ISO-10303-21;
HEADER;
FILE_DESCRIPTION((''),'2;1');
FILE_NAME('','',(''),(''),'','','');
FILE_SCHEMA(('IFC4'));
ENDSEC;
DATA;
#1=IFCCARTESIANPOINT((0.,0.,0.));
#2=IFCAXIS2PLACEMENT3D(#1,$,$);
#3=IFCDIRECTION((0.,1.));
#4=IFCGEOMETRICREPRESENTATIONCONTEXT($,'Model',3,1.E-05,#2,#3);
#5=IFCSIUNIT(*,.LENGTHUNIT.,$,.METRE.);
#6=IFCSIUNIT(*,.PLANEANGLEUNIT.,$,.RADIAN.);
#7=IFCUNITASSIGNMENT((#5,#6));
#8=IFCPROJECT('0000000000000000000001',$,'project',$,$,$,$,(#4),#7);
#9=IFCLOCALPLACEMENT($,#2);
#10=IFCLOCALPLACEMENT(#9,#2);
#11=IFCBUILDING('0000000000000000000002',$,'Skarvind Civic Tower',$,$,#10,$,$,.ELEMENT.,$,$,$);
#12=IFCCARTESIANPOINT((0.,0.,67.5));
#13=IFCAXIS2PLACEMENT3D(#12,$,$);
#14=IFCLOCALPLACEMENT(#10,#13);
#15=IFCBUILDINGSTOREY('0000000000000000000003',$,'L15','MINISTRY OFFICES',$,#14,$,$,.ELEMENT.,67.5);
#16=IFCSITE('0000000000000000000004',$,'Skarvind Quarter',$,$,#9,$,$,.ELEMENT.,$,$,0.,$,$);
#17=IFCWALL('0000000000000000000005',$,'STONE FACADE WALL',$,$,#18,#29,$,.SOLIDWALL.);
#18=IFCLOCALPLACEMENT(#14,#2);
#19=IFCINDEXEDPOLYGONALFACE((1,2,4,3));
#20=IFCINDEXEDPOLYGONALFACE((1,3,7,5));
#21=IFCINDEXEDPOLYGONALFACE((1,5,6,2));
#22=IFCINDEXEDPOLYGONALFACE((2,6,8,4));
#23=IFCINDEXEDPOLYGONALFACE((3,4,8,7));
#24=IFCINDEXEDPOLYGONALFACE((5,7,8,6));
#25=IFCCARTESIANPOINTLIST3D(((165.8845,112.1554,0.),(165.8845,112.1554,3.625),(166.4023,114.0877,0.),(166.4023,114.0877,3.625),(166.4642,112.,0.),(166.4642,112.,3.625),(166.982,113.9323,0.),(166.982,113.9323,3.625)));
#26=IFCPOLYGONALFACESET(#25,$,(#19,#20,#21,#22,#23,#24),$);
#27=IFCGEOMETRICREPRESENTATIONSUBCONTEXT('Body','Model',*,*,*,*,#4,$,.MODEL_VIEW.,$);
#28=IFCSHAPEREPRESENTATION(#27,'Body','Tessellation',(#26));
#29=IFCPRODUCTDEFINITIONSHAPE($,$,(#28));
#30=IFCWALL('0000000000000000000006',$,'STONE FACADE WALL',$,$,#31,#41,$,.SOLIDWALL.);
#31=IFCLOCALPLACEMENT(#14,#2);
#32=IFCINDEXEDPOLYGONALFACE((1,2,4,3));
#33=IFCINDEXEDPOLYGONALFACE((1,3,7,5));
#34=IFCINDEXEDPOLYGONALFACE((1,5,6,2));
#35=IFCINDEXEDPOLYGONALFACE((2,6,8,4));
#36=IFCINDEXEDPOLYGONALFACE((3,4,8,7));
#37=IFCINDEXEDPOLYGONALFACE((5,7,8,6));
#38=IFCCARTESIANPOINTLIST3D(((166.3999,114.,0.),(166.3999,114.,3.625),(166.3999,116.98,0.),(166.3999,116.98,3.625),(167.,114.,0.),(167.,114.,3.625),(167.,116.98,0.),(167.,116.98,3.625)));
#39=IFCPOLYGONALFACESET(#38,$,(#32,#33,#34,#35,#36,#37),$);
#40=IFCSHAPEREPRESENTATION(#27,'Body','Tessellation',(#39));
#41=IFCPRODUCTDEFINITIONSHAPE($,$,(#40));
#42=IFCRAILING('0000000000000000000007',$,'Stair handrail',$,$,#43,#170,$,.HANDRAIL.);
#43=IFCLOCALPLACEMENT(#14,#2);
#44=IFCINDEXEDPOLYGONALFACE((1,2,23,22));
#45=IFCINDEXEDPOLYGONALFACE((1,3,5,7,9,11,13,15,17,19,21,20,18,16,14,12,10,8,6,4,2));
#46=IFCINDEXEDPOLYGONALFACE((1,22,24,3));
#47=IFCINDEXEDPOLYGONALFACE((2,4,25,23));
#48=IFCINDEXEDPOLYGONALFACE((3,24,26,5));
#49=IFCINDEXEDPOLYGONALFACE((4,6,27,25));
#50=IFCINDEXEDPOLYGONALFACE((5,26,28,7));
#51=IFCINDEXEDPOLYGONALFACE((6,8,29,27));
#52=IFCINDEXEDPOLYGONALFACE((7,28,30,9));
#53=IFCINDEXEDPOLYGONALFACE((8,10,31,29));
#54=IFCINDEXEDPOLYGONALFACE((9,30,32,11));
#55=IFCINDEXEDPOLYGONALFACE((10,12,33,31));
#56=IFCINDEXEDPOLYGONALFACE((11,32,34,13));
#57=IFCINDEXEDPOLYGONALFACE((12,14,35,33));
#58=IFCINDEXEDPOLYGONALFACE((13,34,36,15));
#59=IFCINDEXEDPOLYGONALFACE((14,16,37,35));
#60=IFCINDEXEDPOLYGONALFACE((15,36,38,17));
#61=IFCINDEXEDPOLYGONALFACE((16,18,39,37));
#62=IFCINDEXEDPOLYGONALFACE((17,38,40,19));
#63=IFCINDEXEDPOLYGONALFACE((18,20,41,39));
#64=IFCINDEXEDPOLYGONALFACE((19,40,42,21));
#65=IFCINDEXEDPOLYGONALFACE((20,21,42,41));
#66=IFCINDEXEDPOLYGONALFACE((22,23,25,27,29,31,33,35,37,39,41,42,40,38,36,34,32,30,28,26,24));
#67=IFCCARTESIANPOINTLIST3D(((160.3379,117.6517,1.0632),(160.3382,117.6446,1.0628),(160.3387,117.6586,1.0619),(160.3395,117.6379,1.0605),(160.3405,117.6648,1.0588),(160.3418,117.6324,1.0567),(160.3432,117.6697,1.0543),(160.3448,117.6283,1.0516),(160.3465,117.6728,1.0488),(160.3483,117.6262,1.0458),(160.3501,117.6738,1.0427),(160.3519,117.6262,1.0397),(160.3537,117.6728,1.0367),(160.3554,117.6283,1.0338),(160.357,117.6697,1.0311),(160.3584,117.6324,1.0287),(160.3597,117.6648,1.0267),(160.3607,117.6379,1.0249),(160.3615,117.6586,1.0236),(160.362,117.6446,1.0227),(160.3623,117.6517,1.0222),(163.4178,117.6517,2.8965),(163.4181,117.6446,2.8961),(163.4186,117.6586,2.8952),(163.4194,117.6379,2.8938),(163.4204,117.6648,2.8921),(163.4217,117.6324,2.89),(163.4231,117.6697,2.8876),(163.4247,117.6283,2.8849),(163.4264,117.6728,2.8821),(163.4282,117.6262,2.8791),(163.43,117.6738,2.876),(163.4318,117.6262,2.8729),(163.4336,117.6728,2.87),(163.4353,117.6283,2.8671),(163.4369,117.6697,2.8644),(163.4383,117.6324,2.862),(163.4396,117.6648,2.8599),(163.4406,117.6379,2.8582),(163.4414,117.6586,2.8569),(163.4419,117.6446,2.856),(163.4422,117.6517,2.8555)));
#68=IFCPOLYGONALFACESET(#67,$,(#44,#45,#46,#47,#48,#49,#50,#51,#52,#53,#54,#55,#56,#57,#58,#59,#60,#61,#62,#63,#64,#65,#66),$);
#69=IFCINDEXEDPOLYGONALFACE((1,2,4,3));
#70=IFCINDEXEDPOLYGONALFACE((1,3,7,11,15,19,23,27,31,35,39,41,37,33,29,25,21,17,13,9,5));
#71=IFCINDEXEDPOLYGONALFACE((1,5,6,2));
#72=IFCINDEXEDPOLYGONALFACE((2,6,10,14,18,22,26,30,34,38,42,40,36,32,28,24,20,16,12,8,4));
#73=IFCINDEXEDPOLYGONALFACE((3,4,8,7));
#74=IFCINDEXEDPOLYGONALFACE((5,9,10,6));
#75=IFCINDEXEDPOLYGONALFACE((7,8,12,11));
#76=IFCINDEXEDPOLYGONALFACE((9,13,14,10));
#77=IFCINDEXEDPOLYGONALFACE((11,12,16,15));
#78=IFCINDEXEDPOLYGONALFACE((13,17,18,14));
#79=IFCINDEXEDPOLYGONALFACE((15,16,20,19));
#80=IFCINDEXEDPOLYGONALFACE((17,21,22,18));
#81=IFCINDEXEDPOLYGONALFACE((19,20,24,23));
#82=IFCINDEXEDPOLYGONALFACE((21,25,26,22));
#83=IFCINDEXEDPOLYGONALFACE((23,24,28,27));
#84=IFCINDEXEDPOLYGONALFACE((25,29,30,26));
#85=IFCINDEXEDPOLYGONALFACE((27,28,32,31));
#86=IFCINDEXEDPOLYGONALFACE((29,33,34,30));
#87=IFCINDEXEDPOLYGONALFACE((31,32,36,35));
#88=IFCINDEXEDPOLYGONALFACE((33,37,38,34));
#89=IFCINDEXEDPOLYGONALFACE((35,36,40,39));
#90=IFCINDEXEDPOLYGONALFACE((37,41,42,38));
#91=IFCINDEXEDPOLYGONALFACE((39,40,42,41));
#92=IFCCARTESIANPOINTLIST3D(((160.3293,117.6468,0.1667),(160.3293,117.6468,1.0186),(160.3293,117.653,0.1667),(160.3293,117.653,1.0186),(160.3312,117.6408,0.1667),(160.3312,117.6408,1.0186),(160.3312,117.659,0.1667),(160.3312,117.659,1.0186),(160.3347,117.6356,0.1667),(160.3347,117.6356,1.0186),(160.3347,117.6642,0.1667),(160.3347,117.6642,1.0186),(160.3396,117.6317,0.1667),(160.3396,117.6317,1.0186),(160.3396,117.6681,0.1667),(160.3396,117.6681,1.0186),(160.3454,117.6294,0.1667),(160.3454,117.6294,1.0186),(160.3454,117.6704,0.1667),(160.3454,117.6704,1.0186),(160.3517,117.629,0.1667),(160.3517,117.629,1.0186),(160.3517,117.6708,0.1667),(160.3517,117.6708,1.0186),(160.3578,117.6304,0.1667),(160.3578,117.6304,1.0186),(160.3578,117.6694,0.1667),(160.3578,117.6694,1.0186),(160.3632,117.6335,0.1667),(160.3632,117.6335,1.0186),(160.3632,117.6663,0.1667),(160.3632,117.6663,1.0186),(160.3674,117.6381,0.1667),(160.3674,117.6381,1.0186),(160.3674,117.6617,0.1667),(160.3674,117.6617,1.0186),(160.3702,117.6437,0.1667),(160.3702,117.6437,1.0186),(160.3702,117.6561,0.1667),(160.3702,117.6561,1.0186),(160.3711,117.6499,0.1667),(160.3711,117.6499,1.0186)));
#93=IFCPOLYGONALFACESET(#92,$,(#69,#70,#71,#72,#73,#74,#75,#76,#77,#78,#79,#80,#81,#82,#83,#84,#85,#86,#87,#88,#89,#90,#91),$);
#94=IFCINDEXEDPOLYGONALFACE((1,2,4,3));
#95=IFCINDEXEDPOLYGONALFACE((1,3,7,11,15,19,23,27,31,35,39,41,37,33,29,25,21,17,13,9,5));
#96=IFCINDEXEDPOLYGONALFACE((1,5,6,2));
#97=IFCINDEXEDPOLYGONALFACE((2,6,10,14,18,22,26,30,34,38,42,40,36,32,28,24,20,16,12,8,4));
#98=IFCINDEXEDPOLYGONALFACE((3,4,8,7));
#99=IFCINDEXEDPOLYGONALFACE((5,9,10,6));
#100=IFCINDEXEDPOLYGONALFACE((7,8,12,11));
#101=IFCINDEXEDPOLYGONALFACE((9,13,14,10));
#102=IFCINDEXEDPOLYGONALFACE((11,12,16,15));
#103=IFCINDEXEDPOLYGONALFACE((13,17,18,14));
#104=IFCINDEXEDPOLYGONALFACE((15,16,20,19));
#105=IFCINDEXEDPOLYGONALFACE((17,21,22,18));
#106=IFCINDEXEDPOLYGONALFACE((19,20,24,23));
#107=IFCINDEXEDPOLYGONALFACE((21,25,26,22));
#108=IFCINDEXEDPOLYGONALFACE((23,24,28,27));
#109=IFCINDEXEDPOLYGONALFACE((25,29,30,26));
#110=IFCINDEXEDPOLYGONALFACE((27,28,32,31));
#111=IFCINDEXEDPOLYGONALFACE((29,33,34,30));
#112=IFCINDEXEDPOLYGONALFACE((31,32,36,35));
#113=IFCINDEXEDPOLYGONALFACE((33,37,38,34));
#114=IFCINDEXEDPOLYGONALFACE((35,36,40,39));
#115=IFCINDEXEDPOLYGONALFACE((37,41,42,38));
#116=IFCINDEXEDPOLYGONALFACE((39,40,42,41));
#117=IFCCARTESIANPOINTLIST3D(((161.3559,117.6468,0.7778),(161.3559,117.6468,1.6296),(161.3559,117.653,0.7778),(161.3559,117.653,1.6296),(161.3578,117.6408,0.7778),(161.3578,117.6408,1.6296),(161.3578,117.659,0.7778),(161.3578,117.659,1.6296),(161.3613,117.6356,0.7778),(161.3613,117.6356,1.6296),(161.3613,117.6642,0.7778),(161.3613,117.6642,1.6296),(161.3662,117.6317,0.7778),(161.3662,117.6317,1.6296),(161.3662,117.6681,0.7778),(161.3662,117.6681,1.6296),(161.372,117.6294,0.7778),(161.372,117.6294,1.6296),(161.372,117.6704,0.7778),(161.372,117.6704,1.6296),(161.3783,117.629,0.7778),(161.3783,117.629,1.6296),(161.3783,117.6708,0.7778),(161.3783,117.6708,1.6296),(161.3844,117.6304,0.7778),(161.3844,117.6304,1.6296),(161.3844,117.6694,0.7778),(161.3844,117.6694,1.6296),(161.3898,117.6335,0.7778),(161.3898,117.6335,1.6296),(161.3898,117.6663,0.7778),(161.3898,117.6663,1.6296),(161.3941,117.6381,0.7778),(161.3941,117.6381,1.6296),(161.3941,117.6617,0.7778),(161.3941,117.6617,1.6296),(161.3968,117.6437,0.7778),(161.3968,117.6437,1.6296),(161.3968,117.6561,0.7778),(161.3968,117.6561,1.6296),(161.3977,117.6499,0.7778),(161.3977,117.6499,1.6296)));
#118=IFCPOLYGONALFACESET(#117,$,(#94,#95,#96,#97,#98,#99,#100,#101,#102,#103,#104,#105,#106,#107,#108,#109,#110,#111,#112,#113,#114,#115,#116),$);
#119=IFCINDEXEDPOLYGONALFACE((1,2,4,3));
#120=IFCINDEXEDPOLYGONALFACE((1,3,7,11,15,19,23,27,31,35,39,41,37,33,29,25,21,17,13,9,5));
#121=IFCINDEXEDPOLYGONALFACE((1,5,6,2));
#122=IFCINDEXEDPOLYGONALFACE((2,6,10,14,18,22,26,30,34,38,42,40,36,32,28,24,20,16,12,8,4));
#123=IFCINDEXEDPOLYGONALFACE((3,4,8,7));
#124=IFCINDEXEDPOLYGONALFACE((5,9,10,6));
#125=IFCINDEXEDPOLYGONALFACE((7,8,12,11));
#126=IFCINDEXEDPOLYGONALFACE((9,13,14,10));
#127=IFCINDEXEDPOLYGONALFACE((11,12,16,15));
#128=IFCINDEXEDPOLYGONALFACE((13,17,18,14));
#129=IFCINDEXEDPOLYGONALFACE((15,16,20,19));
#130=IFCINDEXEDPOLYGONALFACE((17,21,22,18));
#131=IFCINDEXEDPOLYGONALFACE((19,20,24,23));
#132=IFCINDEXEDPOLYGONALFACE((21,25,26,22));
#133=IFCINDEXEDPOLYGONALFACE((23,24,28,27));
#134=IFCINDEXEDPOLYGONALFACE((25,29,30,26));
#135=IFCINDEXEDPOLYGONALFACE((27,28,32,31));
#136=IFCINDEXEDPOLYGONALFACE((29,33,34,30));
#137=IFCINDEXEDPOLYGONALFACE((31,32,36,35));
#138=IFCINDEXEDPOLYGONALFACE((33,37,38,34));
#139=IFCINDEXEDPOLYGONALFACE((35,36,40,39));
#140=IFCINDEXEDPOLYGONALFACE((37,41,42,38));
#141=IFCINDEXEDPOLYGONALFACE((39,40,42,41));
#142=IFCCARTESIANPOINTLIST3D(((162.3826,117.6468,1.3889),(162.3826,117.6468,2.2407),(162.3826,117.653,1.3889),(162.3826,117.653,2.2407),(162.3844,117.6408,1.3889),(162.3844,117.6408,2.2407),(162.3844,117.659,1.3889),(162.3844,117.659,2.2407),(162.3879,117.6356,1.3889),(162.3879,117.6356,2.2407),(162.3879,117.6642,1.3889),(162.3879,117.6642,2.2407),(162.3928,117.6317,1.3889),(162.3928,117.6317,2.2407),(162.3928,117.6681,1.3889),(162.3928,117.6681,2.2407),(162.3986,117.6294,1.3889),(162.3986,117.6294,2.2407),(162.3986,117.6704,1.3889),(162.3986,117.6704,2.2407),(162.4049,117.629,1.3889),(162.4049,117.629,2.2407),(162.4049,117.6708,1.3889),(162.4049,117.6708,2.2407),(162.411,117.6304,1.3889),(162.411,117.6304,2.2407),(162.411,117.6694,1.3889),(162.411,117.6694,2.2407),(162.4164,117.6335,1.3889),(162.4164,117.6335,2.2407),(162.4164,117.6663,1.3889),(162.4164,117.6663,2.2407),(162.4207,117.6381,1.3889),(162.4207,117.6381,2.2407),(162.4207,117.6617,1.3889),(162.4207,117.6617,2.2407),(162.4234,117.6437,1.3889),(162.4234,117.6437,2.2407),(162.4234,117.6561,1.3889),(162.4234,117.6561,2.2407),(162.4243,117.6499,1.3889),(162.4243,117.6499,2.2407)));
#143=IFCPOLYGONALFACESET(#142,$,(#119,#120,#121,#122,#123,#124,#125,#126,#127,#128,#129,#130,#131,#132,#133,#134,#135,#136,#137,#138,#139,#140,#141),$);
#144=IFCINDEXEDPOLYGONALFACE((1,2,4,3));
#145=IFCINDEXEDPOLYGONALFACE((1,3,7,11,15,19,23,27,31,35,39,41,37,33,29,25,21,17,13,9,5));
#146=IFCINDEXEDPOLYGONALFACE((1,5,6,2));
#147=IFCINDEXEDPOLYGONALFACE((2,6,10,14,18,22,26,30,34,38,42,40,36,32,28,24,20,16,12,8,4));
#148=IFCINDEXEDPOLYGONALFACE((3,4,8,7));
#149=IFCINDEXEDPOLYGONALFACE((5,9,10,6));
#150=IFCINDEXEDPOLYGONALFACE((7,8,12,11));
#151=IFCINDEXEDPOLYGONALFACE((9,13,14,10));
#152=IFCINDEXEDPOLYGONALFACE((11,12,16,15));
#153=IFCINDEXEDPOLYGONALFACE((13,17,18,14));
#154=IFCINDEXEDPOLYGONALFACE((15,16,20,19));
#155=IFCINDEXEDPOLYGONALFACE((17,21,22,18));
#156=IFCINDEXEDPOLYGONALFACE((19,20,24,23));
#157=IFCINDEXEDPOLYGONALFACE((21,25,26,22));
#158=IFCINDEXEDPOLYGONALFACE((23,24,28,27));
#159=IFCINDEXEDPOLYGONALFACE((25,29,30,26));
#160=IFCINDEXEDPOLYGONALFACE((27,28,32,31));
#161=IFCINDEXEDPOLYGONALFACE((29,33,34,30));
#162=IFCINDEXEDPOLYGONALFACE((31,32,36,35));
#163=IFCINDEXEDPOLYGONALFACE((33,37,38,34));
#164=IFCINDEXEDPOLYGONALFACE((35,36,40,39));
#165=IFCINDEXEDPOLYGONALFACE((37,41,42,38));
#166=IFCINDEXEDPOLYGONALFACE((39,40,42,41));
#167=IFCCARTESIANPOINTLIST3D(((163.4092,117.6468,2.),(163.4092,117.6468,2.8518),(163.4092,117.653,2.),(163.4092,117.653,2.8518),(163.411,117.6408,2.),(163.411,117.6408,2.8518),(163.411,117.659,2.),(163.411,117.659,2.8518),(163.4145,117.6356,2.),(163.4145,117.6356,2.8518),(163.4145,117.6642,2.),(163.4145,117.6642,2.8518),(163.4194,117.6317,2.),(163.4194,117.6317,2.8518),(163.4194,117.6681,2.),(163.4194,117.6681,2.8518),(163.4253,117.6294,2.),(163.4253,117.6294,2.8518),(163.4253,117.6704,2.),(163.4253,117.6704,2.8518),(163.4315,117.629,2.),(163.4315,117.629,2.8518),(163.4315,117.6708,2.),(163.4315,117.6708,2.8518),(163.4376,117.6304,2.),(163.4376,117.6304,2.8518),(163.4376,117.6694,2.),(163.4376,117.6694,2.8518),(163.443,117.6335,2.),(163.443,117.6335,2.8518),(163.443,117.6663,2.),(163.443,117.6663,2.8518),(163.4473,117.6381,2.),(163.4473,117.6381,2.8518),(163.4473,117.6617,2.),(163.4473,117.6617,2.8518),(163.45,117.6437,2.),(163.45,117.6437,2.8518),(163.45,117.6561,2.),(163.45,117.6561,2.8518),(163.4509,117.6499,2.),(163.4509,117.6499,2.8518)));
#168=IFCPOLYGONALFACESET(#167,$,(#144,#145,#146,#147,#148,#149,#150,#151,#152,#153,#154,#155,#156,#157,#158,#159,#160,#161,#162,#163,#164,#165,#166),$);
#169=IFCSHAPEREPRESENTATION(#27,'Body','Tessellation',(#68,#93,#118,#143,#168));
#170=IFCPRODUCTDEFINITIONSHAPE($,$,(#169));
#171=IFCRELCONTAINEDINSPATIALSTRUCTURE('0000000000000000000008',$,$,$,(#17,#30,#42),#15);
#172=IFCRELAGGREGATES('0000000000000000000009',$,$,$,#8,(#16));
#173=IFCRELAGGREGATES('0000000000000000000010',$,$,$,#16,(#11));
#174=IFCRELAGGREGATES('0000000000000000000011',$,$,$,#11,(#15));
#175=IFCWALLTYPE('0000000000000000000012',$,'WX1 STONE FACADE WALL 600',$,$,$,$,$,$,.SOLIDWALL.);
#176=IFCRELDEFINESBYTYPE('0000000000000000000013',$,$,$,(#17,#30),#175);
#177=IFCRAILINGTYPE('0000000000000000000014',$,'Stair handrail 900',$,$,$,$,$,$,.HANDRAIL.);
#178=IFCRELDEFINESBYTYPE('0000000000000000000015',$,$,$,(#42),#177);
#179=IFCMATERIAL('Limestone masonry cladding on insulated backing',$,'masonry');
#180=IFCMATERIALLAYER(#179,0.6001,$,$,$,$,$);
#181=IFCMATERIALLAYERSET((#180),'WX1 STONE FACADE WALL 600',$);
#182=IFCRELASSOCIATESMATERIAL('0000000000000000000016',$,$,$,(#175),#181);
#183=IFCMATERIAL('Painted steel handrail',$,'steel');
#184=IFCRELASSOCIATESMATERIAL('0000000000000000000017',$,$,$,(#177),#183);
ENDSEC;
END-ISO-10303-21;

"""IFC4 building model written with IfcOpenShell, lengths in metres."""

from ifc_helpers import new_model, si_unit, direction, frame, frame_2d, origin, origin_2d, place, context, subcontext, project, spatial, rectangle, circle, extrude, material, layer, layer_set, type_object, element, save


model = new_model("IFC4")

# Units and contexts
model_context = context("Model", 3, precision=1e-05, world=origin(), true_north=direction((0.0, 1.0)))
body_context = subcontext(model_context, "Body", "Model", "MODEL_VIEW")
ifc_project = project(units=[si_unit("LENGTHUNIT", "METRE"), si_unit("PLANEANGLEUNIT", "RADIAN")], contexts=[model_context])

# Site, building, storey
site_placement = place(None, origin())
site = spatial("IfcSite", under=ifc_project, at=site_placement, Name="Skarvind Quarter", CompositionType="ELEMENT", RefElevation=0.0)
building_placement = place(site_placement, origin())
building = spatial("IfcBuilding", under=site, at=building_placement, Name="Skarvind Civic Tower", CompositionType="ELEMENT")
storey_placement = place(building_placement, frame((0.0, 0.0, 67.5)))
storey = spatial("IfcBuildingStorey", under=building, at=storey_placement, Name="L15", Description="MINISTRY OFFICES", CompositionType="ELEMENT", Elevation=67.5)

# Shared definitions
ifc_material_1 = material(Name="Limestone masonry cladding on insulated backing", Category="masonry")
ifc_layer_1 = layer(ifc_material_1, 0.6001)
ifc_layer_set_1 = layer_set([ifc_layer_1], Name="WX1 STONE FACADE WALL 600")
wall_type_1 = type_object("IfcWallType", Name="WX1 STONE FACADE WALL 600", PredefinedType="SOLIDWALL", material=ifc_layer_set_1)

# Walls
wall_1_placement = place(storey_placement, frame((166.6921, 114.01, 0.0), z_axis=(0.0, 0.0, 1.0), x_axis=(-0.25884, -0.96592, 0.0)))
element("IfcWall", 1, at=wall_1_placement, inside=storey, type_object=wall_type_1, Name="STONE FACADE WALL", PredefinedType="SOLIDWALL", context=body_context, shape_type="SweptSolid", body=[
    extrude(rectangle(XDim=2.0005, YDim=0.6001, at=frame_2d((1.0002, 0.0))), origin(), (0.0, 0.0, 1.0), 3.625),
])
wall_2_placement = place(storey_placement, frame((166.7, 116.98, 0.0), z_axis=(0.0, 0.0, 1.0), x_axis=(0.0, -1.0, 0.0)))
element("IfcWall", 2, at=wall_2_placement, inside=storey, type_object=wall_type_1, Name="STONE FACADE WALL", PredefinedType="SOLIDWALL", context=body_context, shape_type="SweptSolid", body=[
    extrude(rectangle(XDim=2.98, YDim=0.6001, at=frame_2d((1.49, 0.0))), origin(), (0.0, 0.0, 1.0), 3.625),
])

# Railing
ifc_material_2 = material(Name="Painted steel handrail", Category="steel")
railing_type = type_object("IfcRailingType", Name="Stair handrail 900", PredefinedType="HANDRAIL", material=ifc_material_2)
railing_placement = place(storey_placement, frame((160.3501, 117.6499, 0.1667)))
element("IfcRailing", 3, at=railing_placement, inside=storey, type_object=railing_type, Name="Stair handrail", PredefinedType="HANDRAIL", context=body_context, shape_type="SweptSolid", body=[
    extrude(circle(Radius=0.0239, at=origin_2d()), frame((0.0, 0.0, 0.876), z_axis=(0.859291, 0.0, 0.511487), x_axis=(0.0, 1.0, 0.0)), (0.0, 0.0, 1.0), 3.5842),
    extrude(circle(Radius=0.021, at=origin_2d()), origin(), (0.0, 0.0, 1.0), 0.8518),
    extrude(circle(Radius=0.021, at=origin_2d()), frame((1.0266, 0.0, 0.6111)), (0.0, 0.0, 1.0), 0.8518),
    extrude(circle(Radius=0.021, at=origin_2d()), frame((2.0532, 0.0, 1.2222)), (0.0, 0.0, 1.0), 0.8518),
    extrude(circle(Radius=0.021, at=origin_2d()), frame((3.0798, 0.0, 1.8333)), (0.0, 0.0, 1.0), 0.8518),
])

save(model, "model.ifc")
